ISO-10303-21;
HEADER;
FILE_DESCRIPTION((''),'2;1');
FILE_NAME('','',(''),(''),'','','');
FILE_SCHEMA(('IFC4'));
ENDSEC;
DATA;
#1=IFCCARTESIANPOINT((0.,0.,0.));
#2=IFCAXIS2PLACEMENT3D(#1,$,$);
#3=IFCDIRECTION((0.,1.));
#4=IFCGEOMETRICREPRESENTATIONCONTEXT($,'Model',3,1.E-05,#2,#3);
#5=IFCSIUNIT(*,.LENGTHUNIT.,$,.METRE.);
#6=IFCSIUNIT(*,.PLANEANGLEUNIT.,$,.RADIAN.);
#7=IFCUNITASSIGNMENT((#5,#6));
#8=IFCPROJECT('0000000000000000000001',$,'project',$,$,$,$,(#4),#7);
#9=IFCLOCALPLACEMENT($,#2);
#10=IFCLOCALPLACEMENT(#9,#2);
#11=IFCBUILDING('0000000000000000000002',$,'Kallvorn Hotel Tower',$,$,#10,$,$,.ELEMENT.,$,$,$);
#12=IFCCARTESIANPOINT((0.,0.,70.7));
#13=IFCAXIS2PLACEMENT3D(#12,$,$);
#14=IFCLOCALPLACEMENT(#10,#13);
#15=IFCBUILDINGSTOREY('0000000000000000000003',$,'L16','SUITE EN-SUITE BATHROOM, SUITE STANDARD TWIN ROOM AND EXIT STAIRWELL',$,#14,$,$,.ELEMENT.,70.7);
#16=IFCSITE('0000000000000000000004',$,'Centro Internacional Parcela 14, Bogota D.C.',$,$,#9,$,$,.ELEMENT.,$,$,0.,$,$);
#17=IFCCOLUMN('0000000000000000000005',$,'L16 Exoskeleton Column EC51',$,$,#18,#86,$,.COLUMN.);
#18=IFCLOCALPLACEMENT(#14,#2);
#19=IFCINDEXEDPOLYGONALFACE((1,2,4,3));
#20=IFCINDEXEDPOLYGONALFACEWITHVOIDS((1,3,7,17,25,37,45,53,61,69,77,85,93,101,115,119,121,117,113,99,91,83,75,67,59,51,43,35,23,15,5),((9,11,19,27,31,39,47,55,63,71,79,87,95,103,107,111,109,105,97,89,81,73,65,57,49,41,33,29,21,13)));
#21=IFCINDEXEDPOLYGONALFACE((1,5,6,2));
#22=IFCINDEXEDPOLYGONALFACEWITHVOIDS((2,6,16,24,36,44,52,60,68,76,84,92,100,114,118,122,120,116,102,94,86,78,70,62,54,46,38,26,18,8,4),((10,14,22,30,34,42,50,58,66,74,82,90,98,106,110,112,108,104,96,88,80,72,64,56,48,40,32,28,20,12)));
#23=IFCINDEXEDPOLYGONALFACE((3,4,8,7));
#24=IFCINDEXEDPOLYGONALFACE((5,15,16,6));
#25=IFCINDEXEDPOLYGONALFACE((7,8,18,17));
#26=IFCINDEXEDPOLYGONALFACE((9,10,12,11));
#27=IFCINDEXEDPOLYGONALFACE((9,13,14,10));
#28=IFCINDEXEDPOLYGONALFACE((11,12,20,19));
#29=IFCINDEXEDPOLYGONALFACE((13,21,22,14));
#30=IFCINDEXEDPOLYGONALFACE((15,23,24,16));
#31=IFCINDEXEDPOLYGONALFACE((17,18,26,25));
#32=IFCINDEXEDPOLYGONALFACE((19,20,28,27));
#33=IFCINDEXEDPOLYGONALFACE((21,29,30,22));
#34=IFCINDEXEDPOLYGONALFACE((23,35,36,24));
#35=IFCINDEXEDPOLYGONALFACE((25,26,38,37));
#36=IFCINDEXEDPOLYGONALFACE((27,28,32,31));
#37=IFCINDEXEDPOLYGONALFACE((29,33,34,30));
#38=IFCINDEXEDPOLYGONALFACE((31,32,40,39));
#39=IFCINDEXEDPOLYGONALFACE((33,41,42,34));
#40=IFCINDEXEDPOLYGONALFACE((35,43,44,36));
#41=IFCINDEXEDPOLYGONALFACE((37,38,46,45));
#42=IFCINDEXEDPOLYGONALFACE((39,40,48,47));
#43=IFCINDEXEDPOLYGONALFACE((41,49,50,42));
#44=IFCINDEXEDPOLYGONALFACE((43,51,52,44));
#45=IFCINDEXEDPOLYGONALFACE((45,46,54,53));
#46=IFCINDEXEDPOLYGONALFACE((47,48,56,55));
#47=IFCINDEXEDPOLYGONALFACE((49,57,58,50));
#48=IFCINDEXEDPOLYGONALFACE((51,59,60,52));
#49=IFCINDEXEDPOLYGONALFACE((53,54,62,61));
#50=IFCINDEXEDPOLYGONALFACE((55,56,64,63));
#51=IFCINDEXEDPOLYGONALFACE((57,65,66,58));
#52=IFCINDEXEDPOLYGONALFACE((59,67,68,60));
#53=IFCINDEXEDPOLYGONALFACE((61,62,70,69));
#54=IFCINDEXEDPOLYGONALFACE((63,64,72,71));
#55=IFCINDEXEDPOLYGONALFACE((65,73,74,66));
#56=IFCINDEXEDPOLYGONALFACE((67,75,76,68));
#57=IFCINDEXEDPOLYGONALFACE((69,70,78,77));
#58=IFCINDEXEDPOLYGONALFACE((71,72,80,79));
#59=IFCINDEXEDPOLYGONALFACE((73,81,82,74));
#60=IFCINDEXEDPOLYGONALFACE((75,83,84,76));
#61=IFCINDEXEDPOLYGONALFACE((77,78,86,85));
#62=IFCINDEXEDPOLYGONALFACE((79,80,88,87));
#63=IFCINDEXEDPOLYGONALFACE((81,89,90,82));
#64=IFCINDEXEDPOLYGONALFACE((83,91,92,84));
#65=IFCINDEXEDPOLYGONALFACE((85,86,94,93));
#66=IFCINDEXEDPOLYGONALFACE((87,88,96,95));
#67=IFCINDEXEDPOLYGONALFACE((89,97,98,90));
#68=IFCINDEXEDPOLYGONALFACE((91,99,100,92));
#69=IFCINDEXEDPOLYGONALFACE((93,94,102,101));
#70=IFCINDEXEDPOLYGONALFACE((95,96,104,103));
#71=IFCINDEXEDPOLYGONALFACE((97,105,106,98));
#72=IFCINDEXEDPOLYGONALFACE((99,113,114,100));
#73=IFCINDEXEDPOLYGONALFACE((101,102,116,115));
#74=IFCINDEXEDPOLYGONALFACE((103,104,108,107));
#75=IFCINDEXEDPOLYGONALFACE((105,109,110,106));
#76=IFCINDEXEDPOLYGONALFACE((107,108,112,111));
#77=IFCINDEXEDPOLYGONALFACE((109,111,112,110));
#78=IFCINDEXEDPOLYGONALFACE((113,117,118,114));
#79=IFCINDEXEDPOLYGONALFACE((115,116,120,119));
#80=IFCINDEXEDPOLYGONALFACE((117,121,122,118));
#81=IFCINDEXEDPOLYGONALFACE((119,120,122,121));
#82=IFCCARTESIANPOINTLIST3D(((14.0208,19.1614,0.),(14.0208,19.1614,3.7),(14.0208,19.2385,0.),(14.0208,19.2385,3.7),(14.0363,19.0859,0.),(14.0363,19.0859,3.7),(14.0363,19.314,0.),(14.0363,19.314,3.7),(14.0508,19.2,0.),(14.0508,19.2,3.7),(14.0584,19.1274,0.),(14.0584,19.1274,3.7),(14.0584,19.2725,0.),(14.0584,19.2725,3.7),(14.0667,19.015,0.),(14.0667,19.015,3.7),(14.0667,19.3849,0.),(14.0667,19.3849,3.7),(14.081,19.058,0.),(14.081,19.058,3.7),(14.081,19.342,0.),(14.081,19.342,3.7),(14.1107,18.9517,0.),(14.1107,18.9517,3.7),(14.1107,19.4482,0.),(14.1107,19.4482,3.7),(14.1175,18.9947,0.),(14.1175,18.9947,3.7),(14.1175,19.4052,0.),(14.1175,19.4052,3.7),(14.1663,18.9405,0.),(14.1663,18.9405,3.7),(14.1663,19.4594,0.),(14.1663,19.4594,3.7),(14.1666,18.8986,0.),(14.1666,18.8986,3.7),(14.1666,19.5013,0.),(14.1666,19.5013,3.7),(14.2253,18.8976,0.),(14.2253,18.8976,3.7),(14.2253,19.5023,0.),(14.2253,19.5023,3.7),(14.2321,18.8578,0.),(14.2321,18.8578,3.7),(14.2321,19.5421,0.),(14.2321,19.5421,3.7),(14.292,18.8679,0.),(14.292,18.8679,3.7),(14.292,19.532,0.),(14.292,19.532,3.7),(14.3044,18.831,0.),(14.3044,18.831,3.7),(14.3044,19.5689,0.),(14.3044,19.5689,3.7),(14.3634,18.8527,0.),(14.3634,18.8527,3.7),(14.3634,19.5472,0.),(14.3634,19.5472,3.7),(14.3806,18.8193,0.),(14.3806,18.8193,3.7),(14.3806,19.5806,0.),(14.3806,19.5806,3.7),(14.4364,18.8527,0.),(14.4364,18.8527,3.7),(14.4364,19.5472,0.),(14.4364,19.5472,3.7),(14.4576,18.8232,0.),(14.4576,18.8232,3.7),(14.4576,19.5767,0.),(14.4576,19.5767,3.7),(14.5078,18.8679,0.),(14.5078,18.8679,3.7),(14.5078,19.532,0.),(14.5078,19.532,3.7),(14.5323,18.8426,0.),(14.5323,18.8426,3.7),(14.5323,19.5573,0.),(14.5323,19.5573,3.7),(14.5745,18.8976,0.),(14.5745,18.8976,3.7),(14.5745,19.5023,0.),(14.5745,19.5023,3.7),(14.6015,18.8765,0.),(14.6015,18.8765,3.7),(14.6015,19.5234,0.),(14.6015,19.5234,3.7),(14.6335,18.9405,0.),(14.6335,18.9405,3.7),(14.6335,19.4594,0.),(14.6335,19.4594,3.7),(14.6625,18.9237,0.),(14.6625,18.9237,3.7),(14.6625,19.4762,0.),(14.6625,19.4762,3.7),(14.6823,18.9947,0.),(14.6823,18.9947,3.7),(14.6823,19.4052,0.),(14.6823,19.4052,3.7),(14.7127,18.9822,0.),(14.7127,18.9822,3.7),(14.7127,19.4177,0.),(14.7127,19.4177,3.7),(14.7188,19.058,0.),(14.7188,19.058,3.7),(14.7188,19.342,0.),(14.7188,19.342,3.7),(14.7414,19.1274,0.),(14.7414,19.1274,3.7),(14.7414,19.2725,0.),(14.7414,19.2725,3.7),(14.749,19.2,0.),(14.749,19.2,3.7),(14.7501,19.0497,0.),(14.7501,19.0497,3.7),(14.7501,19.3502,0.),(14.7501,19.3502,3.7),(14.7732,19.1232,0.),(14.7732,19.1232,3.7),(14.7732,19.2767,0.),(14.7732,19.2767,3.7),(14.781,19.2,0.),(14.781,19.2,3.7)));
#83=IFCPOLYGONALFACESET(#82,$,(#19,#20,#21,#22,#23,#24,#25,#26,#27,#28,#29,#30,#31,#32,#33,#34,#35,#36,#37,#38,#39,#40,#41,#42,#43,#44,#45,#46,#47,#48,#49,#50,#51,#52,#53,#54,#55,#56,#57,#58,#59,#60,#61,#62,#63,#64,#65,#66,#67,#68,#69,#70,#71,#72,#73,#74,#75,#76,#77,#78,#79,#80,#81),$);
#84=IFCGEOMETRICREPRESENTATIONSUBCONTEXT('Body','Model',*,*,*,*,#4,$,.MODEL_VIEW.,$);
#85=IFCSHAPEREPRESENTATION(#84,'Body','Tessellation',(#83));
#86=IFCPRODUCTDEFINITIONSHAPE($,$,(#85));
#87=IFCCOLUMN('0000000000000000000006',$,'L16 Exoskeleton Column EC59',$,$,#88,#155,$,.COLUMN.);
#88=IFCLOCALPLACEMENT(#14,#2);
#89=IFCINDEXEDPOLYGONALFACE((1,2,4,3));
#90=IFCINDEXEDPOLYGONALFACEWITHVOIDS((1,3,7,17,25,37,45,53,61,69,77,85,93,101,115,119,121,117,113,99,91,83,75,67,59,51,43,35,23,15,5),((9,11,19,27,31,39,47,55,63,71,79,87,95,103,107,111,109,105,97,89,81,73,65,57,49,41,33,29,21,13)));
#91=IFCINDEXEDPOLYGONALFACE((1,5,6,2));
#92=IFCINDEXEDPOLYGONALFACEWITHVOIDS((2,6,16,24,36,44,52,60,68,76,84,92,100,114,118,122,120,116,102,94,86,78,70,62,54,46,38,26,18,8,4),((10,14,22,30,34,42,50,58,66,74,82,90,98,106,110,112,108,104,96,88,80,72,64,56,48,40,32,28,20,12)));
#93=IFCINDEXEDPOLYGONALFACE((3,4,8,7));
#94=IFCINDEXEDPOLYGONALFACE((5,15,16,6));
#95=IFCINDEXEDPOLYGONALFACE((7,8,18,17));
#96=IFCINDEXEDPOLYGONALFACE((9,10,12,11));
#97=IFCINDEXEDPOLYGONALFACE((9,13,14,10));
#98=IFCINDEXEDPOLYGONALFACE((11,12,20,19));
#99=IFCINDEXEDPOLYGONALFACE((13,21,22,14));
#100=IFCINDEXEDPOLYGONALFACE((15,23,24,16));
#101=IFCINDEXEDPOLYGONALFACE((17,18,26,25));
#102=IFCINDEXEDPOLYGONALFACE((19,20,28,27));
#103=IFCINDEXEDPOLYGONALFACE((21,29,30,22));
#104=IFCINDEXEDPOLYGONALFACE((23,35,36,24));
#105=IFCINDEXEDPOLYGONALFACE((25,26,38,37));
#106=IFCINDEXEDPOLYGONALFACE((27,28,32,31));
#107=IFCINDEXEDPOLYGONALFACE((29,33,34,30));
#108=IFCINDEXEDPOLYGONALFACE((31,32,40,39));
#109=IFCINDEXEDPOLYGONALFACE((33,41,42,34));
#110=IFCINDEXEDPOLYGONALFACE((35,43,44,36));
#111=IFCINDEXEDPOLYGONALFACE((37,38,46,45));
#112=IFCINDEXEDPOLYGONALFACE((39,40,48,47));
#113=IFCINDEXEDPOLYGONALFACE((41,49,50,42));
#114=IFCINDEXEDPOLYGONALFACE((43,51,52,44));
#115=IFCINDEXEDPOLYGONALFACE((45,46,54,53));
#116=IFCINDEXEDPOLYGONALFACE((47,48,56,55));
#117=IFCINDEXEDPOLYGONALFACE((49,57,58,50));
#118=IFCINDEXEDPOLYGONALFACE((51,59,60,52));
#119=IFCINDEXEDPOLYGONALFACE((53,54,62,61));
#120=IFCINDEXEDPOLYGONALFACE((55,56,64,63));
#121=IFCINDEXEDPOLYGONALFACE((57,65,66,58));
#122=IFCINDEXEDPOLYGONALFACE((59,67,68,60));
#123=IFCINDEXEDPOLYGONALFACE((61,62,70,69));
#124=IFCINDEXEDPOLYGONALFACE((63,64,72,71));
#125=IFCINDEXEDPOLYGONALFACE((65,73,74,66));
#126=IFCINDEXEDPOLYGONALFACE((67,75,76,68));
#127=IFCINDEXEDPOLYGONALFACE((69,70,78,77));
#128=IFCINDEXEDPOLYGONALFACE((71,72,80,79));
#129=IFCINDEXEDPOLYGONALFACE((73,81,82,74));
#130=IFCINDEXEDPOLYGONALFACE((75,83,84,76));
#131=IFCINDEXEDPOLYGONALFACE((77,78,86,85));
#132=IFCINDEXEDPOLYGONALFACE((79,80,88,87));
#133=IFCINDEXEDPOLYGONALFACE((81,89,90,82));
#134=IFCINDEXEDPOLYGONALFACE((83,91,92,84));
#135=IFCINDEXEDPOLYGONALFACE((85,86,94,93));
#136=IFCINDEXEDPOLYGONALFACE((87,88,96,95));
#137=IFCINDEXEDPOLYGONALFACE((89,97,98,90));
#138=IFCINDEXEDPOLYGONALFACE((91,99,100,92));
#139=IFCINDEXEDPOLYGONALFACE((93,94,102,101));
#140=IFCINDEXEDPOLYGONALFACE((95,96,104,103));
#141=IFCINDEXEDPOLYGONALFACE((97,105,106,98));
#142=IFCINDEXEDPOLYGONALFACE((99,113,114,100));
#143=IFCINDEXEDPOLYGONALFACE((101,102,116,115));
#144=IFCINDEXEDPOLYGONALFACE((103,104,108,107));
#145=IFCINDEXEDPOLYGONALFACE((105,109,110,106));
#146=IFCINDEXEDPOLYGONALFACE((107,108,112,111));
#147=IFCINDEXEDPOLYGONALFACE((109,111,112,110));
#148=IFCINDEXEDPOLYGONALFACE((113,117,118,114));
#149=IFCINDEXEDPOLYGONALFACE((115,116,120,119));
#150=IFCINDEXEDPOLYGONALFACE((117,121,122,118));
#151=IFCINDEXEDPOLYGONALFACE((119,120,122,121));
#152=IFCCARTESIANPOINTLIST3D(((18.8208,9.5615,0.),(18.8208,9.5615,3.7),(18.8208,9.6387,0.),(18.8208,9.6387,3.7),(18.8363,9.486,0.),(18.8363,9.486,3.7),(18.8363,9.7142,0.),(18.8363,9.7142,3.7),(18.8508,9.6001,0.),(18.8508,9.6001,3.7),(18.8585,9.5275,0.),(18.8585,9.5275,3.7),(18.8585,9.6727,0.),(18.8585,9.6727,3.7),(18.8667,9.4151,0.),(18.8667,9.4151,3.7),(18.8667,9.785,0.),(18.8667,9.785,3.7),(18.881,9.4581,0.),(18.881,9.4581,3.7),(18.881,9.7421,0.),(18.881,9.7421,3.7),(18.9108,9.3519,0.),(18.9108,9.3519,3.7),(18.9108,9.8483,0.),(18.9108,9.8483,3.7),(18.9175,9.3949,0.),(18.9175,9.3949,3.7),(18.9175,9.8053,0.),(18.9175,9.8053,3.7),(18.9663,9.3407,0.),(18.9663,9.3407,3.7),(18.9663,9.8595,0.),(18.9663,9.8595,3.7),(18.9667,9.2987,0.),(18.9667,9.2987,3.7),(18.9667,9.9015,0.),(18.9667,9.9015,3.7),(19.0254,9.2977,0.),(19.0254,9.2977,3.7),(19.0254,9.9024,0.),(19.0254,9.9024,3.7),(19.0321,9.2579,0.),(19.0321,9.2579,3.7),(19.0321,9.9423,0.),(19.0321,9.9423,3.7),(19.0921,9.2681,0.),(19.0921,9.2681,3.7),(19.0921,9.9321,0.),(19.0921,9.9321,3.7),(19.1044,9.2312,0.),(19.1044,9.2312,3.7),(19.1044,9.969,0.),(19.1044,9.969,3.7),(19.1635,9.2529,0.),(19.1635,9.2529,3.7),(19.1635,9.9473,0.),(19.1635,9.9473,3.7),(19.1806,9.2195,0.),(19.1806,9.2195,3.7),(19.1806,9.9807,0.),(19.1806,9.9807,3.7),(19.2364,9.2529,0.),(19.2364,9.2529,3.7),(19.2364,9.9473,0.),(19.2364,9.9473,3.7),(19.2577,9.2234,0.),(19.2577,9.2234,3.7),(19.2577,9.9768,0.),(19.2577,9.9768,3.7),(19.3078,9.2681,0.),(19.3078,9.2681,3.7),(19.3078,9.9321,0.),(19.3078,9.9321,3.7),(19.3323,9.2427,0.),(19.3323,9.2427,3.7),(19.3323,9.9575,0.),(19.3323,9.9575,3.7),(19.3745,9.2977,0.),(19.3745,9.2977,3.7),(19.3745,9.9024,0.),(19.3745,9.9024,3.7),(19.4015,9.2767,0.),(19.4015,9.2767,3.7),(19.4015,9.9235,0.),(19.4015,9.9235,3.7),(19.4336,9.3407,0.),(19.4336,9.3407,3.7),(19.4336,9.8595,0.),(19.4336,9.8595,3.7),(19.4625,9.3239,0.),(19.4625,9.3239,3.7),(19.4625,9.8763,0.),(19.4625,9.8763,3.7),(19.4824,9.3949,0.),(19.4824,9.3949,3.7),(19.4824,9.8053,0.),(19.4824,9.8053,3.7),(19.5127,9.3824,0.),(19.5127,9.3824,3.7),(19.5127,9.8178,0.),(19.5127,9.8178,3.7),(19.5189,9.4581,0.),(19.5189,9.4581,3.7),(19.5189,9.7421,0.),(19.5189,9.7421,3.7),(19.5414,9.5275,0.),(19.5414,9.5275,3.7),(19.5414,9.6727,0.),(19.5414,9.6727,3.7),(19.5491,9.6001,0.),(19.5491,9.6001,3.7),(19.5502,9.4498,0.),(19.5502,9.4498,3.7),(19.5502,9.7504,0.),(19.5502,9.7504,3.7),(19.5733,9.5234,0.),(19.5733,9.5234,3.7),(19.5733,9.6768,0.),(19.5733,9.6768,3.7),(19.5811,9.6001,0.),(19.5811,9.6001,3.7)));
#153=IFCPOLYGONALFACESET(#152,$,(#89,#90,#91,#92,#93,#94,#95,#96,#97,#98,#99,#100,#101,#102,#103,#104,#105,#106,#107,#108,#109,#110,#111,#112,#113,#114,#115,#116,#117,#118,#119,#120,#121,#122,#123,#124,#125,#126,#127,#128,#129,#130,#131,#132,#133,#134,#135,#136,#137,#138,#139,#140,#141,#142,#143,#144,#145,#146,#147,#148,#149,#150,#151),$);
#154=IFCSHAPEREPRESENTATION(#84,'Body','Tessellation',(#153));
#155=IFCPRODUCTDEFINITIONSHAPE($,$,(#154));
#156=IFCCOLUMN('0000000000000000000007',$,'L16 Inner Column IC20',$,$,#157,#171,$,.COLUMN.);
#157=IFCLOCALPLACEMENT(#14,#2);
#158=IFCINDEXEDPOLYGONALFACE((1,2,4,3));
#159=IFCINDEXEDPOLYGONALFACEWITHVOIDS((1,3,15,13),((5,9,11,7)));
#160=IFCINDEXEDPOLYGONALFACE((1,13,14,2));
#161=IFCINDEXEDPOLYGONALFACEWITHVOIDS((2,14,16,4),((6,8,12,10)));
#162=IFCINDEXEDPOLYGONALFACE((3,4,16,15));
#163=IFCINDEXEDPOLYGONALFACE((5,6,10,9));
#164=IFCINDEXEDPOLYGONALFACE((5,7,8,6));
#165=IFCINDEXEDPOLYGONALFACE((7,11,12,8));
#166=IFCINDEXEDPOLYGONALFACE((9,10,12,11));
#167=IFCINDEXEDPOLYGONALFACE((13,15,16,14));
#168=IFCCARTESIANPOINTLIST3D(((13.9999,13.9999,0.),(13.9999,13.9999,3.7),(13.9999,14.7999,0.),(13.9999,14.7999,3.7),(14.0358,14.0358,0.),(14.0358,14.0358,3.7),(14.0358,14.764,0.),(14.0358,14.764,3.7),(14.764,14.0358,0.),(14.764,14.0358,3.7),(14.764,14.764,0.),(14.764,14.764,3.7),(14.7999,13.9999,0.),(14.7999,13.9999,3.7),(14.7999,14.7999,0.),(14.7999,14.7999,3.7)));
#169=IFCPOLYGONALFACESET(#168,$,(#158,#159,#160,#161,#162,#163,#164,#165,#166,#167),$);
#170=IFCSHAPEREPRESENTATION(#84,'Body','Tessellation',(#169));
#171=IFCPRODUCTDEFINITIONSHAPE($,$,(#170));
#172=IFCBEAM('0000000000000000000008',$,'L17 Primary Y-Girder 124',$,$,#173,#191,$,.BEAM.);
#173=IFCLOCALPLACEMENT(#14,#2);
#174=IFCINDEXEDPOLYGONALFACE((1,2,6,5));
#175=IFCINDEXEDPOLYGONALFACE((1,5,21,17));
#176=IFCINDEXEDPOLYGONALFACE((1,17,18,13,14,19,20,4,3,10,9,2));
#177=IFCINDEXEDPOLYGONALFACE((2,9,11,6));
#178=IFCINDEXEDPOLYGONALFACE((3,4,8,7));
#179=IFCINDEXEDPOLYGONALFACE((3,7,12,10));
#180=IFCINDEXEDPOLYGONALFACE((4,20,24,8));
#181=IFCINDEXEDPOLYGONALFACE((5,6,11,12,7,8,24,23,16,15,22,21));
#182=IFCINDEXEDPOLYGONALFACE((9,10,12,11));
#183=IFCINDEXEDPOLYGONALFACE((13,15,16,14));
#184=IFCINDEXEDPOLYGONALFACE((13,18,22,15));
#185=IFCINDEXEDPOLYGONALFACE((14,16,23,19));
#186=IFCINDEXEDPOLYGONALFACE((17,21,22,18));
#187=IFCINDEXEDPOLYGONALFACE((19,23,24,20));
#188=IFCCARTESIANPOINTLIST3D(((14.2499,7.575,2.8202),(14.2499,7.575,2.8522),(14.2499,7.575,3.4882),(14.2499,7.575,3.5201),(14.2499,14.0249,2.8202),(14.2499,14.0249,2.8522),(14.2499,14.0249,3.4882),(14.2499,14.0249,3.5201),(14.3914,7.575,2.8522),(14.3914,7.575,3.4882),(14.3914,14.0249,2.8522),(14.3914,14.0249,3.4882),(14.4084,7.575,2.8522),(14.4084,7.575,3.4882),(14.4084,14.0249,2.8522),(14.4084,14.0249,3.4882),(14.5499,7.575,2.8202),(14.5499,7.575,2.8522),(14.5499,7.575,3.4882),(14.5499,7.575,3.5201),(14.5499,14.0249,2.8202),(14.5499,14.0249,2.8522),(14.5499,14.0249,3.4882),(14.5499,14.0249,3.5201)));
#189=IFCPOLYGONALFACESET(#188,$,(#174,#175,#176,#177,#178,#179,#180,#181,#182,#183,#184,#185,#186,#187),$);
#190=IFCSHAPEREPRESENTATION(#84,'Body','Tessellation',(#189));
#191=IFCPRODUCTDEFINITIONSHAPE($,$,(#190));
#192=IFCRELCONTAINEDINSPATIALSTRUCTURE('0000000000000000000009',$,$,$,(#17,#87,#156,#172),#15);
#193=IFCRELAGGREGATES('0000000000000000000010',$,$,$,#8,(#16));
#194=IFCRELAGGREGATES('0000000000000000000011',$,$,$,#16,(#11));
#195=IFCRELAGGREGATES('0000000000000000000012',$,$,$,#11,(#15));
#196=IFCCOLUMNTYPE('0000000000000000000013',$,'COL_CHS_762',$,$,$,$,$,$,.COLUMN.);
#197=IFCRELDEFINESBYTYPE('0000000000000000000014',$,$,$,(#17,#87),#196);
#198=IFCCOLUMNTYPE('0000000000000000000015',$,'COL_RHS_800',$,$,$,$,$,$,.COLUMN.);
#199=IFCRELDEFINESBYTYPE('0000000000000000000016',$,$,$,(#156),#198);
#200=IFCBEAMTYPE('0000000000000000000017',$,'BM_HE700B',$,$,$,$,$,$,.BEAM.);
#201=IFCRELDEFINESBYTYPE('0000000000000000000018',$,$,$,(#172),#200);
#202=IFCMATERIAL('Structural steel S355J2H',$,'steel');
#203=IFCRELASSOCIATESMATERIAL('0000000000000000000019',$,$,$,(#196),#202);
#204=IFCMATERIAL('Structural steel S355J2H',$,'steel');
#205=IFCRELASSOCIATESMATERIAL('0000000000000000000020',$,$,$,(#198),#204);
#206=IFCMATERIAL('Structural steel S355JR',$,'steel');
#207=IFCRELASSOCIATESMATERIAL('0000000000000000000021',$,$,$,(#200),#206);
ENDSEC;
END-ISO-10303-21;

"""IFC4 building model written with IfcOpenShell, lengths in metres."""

from ifc_helpers import new_model, si_unit, direction, frame, origin, origin_2d, place, context, subcontext, project, spatial, hollow_rectangle, hollow_circle, i_section, extrude, material, material_profile, profile_set, type_object, element, save


model = new_model("IFC4")

# Units and contexts
model_context = context("Model", 3, precision=1e-05, world=origin(), true_north=direction((0.0, 1.0)))
body_context = subcontext(model_context, "Body", "Model", "MODEL_VIEW")
ifc_project = project(units=[si_unit("LENGTHUNIT", "METRE"), si_unit("PLANEANGLEUNIT", "RADIAN")], contexts=[model_context])

# Site, building, storey
site_placement = place(None, origin())
site = spatial("IfcSite", under=ifc_project, at=site_placement, Name="Centro Internacional Parcela 14, Bogota D.C.", CompositionType="ELEMENT", RefElevation=0.0)
building_placement = place(site_placement, origin())
building = spatial("IfcBuilding", under=site, at=building_placement, Name="Kallvorn Hotel Tower", CompositionType="ELEMENT")
storey_placement = place(building_placement, frame((0.0, 0.0, 70.7)))
storey = spatial("IfcBuildingStorey", under=building, at=storey_placement, Name="L16", Description="SUITE EN-SUITE BATHROOM, SUITE STANDARD TWIN ROOM AND EXIT STAIRWELL", CompositionType="ELEMENT", Elevation=70.7)

# Columns
ifc_material_1 = material(Name="Structural steel S355J2H", Category="steel")
ifc_material_profile_1 = material_profile(ifc_material_1, hollow_circle(Radius=0.3811, WallThickness=0.032, at=origin_2d()), Name="CHS 762x32")
ifc_profile_set_1 = profile_set([ifc_material_profile_1], Name="Structural steel S355J2H")
column_type_1 = type_object("IfcColumnType", Name="COL_CHS_762", PredefinedType="COLUMN", material=ifc_profile_set_1)
for number, where, z_axis, x_axis, name in (
    (1, (14.3999, 19.2, 0.0), (0.0, 0.0, 1.0), (1.0, 0.0, 0.0), "L16 Exoskeleton Column EC51"),
    (2, (19.2, 9.6001, 0.0), (0.0, 0.0, 1.0), (1.0, 0.0, 0.0), "L16 Exoskeleton Column EC59"),
):
    element("IfcColumn", number, at=place(storey_placement, frame(where, z_axis=z_axis, x_axis=x_axis)), inside=storey, type_object=column_type_1, Name=name, PredefinedType="COLUMN", context=body_context, shape_type="SweptSolid", body=[
        extrude(hollow_circle(Radius=0.3811, WallThickness=0.032, at=origin_2d()), origin(), (0.0, 0.0, 1.0), 3.7),
    ])
ifc_material_2 = material(Name="Structural steel S355J2H", Category="steel")
ifc_material_profile_2 = material_profile(ifc_material_2, hollow_rectangle(XDim=0.8, YDim=0.8, WallThickness=0.0359, at=origin_2d()), Name="RHS 800x800x36")
ifc_profile_set_2 = profile_set([ifc_material_profile_2], Name="Structural steel S355J2H")
column_type_2 = type_object("IfcColumnType", Name="COL_RHS_800", PredefinedType="COLUMN", material=ifc_profile_set_2)
column_placement = place(storey_placement, frame((14.3999, 14.3999, 0.0), z_axis=(0.0, 0.0, 1.0), x_axis=(1.0, 0.0, 0.0)))
element("IfcColumn", 3, at=column_placement, inside=storey, type_object=column_type_2, Name="L16 Inner Column IC20", PredefinedType="COLUMN", context=body_context, shape_type="SweptSolid", body=[
    extrude(hollow_rectangle(XDim=0.8, YDim=0.8, WallThickness=0.0359, at=origin_2d()), origin(), (0.0, 0.0, 1.0), 3.7),
])

# Beam
ifc_material_3 = material(Name="Structural steel S355JR", Category="steel")
ifc_material_profile_3 = material_profile(ifc_material_3, i_section(OverallWidth=0.3, OverallDepth=0.7, WebThickness=0.0171, FlangeThickness=0.032, at=origin_2d()), Name="HE 700 B")
ifc_profile_set_3 = profile_set([ifc_material_profile_3], Name="Structural steel S355JR")
beam_type_1 = type_object("IfcBeamType", Name="BM_HE700B", PredefinedType="BEAM", material=ifc_profile_set_3)
beam_1_placement = place(storey_placement, frame((14.3999, 7.575, 3.1702), z_axis=(0.0, 1.0, 0.0), x_axis=(-1.0, 0.0, 0.0)))
element("IfcBeam", 4, at=beam_1_placement, inside=storey, type_object=beam_type_1, Name="L17 Primary Y-Girder 124", PredefinedType="BEAM", context=body_context, shape_type="SweptSolid", body=[
    extrude(i_section(OverallWidth=0.3, OverallDepth=0.7, WebThickness=0.0171, FlangeThickness=0.032, at=origin_2d()), origin(), (0.0, 0.0, 1.0), 6.45),
])

save(model, "model.ifc")
